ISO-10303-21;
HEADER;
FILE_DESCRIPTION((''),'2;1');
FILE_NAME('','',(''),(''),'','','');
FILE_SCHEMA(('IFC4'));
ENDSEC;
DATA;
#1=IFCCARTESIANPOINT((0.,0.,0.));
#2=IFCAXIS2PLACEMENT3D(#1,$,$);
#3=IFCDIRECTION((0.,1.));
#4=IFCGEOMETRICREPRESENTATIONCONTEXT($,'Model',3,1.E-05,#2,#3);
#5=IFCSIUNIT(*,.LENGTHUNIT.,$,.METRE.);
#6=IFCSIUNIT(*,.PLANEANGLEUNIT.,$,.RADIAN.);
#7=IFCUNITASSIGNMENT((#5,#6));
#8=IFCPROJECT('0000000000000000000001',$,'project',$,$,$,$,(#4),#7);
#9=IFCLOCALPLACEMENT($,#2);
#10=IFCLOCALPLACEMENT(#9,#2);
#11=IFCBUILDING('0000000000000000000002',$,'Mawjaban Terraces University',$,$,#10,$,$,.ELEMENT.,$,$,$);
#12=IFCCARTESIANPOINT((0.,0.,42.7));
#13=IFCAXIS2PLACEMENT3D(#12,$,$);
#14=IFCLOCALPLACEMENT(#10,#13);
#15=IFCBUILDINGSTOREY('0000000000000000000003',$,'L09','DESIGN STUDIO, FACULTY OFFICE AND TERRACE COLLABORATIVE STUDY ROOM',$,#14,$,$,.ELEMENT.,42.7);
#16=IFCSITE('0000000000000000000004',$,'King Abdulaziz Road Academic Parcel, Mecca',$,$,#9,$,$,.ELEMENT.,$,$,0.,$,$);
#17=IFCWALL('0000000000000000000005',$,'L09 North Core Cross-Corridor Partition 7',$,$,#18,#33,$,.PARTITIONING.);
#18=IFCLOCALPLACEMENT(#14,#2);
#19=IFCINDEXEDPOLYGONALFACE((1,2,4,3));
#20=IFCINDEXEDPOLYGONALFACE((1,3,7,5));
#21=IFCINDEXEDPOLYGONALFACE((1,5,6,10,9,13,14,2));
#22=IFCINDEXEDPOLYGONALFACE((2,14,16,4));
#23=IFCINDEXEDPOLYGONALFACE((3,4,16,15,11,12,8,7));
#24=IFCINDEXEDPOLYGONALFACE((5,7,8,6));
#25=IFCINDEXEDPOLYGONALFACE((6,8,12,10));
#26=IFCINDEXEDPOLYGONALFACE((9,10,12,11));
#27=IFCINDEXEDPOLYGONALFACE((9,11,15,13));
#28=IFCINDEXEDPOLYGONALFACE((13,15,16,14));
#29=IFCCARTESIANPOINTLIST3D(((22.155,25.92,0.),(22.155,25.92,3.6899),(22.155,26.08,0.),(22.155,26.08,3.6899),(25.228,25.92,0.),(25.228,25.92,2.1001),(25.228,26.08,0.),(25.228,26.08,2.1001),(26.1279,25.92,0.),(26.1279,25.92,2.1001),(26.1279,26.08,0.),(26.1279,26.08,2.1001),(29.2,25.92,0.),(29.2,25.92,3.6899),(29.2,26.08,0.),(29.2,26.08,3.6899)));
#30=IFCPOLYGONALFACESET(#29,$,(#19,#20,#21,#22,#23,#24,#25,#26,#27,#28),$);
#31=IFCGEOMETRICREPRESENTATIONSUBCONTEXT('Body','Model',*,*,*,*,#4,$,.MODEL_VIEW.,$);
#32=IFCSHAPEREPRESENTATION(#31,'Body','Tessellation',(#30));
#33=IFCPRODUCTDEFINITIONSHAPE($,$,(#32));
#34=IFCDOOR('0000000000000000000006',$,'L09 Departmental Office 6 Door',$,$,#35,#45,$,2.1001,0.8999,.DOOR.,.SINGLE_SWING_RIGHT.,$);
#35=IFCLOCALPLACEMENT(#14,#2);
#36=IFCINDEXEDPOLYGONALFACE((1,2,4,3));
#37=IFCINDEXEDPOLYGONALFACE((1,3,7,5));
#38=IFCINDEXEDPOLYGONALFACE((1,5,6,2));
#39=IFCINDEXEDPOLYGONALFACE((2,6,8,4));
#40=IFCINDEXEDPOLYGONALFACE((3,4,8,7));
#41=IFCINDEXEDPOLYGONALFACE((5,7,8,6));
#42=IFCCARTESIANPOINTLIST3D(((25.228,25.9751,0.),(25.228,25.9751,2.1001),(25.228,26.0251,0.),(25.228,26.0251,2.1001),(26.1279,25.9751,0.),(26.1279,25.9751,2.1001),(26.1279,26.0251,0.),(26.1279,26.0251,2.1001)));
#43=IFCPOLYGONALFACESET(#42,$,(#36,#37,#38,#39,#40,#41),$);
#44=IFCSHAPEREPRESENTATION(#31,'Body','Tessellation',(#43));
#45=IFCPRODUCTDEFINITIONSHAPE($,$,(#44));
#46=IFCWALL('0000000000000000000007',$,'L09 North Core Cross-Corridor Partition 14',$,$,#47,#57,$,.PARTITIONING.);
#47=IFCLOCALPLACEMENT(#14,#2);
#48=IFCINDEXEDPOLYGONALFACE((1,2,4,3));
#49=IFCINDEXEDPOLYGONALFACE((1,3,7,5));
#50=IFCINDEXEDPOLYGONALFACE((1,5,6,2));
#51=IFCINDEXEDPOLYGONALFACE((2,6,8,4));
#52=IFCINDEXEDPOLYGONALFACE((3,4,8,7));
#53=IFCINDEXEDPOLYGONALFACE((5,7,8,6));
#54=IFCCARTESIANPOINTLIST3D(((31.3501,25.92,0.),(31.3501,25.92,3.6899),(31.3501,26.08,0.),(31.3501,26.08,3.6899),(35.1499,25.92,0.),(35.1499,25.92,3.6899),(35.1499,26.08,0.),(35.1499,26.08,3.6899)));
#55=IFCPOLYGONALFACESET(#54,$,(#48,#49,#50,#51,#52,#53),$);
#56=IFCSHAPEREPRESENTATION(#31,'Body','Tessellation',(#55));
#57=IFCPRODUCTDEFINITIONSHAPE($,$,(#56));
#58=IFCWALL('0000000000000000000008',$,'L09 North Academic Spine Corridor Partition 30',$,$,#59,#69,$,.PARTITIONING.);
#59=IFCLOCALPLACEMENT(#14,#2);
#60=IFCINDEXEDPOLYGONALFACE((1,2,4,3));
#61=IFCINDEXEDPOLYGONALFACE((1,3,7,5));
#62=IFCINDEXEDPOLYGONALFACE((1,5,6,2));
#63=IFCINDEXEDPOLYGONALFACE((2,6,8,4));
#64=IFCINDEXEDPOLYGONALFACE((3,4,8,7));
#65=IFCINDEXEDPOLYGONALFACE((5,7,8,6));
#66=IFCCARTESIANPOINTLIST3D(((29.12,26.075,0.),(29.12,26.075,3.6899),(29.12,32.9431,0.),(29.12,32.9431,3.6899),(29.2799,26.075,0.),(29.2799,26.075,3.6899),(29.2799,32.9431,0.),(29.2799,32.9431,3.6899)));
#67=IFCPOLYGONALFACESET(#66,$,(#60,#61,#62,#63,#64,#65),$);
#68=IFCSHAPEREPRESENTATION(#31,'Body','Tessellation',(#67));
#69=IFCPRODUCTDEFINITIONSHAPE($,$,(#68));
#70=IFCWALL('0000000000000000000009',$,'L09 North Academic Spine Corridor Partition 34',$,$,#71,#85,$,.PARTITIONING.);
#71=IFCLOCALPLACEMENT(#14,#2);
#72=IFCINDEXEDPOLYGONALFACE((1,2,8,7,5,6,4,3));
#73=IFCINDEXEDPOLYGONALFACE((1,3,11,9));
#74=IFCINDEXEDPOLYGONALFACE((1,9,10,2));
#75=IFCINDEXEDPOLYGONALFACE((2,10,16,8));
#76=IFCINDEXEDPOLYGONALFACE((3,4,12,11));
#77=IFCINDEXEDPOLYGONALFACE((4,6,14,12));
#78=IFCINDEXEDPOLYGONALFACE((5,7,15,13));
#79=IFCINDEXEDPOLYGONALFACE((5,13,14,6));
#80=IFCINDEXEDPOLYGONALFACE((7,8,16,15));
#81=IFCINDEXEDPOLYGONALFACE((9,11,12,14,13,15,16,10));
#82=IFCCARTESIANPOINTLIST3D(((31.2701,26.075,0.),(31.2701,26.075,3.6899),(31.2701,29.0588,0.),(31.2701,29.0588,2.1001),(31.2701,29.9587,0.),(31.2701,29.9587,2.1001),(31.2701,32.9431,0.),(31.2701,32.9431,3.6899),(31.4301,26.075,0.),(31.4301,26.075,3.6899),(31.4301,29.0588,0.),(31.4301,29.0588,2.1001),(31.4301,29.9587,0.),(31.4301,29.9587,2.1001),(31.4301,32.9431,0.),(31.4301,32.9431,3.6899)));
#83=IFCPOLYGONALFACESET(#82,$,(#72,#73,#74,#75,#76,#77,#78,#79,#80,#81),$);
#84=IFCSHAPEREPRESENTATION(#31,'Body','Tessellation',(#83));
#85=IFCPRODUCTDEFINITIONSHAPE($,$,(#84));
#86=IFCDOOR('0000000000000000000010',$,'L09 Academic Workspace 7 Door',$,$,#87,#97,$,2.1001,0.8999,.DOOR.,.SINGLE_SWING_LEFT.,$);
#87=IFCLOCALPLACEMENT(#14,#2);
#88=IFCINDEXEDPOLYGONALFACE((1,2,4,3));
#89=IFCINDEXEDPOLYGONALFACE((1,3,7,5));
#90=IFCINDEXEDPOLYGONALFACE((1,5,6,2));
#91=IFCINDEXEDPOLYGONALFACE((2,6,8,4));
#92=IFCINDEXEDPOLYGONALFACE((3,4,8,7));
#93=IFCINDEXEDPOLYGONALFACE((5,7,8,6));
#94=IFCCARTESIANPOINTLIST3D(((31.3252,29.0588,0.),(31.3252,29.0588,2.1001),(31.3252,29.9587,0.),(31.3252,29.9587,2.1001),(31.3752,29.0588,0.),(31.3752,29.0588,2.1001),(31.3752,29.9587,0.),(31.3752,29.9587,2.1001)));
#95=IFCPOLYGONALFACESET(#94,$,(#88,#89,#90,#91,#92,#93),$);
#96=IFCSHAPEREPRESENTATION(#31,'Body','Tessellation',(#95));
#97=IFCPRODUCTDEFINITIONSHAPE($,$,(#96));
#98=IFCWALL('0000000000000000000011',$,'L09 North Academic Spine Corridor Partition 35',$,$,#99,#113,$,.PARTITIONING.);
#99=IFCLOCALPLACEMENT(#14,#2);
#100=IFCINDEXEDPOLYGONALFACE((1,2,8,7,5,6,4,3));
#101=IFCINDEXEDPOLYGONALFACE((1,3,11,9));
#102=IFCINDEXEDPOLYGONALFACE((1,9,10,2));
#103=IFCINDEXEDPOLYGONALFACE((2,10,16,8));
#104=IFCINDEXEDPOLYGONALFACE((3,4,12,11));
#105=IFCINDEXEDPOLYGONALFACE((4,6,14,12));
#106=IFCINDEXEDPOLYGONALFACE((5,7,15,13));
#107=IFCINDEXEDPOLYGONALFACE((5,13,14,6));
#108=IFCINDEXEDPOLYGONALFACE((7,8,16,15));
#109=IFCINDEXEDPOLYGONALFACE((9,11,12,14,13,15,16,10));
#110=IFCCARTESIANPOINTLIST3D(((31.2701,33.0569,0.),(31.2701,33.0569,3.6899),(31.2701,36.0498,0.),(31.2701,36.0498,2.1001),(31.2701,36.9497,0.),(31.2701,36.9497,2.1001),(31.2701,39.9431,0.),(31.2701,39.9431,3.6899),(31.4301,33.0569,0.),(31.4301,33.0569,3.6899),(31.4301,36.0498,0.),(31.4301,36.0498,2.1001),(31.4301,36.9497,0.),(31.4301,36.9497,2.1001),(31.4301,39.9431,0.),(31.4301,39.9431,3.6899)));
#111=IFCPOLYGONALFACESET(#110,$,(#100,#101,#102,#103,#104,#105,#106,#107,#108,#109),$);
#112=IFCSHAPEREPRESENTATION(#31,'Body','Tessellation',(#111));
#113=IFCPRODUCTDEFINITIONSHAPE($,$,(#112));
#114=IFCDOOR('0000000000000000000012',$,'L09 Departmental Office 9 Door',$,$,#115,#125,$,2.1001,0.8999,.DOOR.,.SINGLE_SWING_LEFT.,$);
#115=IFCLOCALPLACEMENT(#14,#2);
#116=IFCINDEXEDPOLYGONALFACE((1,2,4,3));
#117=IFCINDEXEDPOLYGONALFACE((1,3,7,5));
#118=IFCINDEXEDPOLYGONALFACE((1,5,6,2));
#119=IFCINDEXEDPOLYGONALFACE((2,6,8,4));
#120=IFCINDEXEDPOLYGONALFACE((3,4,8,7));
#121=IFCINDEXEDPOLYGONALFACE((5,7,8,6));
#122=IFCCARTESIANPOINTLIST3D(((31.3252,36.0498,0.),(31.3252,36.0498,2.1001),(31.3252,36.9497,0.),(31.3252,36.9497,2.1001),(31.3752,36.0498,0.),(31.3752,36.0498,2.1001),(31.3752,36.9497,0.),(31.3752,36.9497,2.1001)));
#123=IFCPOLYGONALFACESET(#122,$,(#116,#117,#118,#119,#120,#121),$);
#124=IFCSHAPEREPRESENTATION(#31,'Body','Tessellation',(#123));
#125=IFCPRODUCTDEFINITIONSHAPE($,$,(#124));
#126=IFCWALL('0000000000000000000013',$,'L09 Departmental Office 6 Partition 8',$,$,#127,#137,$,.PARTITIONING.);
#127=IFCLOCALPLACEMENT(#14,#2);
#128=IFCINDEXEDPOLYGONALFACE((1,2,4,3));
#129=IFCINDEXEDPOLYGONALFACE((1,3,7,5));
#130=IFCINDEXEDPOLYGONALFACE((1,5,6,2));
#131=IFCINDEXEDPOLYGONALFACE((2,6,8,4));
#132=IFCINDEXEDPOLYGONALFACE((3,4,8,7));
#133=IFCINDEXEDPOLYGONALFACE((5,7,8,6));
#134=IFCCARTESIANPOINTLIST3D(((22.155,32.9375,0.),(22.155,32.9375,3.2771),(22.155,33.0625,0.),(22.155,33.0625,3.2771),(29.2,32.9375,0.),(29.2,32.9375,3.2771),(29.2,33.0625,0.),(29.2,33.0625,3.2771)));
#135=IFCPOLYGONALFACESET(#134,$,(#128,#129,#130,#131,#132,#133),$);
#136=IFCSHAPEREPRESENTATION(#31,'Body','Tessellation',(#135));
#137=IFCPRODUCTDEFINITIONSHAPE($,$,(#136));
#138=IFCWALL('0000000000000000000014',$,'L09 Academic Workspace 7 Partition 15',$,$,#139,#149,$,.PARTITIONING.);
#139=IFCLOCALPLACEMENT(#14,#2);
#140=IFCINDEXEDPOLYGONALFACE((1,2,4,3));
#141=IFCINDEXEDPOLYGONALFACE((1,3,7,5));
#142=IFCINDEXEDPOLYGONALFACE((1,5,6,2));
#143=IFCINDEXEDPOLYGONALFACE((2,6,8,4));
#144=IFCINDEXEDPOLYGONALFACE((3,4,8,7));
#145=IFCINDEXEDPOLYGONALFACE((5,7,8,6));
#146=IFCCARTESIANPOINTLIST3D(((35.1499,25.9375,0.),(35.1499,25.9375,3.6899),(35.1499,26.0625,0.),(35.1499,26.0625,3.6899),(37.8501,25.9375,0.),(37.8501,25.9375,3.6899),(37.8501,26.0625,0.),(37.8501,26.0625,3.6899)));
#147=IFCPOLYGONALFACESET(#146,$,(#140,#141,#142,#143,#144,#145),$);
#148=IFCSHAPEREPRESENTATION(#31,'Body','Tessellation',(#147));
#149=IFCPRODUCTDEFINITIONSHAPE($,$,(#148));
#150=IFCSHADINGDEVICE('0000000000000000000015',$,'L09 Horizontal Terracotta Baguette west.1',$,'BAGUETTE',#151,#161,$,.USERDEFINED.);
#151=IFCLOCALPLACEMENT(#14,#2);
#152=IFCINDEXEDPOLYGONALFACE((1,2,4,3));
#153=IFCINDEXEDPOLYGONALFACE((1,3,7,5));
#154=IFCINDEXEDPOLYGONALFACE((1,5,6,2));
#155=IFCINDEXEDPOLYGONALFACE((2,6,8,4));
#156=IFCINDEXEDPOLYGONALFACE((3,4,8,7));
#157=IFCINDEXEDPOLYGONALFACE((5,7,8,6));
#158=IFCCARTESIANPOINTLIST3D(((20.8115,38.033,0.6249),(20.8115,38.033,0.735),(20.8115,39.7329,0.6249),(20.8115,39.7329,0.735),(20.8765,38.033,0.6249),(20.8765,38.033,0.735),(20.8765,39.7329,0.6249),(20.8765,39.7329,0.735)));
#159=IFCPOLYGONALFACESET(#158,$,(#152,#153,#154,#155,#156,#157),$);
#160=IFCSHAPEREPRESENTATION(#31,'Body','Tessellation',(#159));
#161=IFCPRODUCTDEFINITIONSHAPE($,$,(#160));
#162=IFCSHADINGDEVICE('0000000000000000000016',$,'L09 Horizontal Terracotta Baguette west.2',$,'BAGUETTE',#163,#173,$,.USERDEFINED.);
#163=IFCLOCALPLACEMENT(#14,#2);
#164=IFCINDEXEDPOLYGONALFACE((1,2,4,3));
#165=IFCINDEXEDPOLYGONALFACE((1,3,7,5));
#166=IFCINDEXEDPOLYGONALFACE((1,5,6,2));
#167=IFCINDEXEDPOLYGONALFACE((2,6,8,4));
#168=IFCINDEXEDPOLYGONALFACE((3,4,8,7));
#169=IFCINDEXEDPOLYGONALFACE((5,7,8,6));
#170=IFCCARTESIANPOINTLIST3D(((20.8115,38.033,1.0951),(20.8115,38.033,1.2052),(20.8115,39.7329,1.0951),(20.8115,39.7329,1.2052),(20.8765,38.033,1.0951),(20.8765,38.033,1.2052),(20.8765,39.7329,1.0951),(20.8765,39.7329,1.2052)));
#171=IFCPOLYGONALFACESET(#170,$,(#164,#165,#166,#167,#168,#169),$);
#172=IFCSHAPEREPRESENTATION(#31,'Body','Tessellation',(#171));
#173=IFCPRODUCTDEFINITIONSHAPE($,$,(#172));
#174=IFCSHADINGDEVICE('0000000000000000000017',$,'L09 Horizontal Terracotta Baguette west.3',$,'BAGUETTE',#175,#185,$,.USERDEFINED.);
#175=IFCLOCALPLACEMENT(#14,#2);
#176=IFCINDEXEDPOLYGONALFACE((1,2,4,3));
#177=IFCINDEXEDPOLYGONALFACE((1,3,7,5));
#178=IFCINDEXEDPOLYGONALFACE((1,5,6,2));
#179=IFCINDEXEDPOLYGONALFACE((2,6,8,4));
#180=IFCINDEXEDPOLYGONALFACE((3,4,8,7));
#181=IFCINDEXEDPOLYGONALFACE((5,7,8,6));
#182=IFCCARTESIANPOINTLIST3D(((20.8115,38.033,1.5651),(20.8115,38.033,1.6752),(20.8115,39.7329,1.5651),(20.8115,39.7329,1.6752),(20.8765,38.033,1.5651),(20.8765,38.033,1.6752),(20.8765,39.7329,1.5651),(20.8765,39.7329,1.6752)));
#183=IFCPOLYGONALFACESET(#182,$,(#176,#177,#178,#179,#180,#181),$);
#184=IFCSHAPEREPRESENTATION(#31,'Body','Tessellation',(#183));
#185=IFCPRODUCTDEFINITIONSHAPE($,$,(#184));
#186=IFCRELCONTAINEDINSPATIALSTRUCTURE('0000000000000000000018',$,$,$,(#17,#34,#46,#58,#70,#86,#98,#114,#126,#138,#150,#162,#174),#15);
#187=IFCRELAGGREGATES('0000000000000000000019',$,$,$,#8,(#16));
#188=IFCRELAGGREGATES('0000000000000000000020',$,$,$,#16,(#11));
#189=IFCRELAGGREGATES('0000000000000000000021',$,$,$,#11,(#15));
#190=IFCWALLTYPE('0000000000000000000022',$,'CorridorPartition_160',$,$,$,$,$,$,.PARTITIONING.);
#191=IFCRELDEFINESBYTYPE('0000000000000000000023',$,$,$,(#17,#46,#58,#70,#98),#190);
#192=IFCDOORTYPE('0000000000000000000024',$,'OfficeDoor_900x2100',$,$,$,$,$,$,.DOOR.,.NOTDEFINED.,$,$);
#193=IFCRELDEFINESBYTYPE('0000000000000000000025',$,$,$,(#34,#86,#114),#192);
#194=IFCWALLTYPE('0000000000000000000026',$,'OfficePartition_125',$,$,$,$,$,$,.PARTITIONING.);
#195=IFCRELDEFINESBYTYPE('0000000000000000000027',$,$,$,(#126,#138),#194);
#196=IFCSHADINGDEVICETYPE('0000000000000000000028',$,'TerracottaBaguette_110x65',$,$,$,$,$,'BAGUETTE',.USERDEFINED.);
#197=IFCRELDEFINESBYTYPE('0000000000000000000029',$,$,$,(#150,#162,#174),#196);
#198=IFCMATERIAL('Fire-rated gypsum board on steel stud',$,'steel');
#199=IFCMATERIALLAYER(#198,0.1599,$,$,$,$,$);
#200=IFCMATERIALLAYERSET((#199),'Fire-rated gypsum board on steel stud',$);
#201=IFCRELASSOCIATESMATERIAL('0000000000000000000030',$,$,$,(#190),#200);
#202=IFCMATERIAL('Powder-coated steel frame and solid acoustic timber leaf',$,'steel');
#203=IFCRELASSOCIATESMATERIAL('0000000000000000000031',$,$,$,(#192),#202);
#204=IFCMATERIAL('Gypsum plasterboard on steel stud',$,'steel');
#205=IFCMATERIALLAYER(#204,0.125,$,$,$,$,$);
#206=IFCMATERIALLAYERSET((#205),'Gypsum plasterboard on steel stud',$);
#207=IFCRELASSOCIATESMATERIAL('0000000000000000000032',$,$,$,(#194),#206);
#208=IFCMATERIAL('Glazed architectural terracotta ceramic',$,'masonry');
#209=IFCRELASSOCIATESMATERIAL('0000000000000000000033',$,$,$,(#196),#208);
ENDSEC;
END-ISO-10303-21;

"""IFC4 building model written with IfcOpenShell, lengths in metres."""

from ifc_helpers import new_model, si_unit, direction, frame, frame_2d, origin, origin_2d, place, context, subcontext, project, spatial, rectangle, extrude, material, layer, layer_set, material_profile, profile_set, type_object, element, fill, save


model = new_model("IFC4")

# Units and contexts
model_context = context("Model", 3, precision=1e-05, world=origin(), true_north=direction((0.0, 1.0)))
body_context = subcontext(model_context, "Body", "Model", "MODEL_VIEW")
ifc_project = project(units=[si_unit("LENGTHUNIT", "METRE"), si_unit("PLANEANGLEUNIT", "RADIAN")], contexts=[model_context])

# Site, building, storey
site_placement = place(None, origin())
site = spatial("IfcSite", under=ifc_project, at=site_placement, Name="King Abdulaziz Road Academic Parcel, Mecca", CompositionType="ELEMENT", RefElevation=0.0)
building_placement = place(site_placement, origin())
building = spatial("IfcBuilding", under=site, at=building_placement, Name="Mawjaban Terraces University", CompositionType="ELEMENT")
storey_placement = place(building_placement, frame((0.0, 0.0, 42.7)))
storey = spatial("IfcBuildingStorey", under=building, at=storey_placement, Name="L09", Description="DESIGN STUDIO, FACULTY OFFICE AND TERRACE COLLABORATIVE STUDY ROOM", CompositionType="ELEMENT", Elevation=42.7)

# Wall, opening, door
ifc_material_1 = material(Name="Fire-rated gypsum board on steel stud", Category="steel")
ifc_layer_1 = layer(ifc_material_1, 0.1599)
ifc_layer_set_1 = layer_set([ifc_layer_1], Name="Fire-rated gypsum board on steel stud")
wall_type_1 = type_object("IfcWallType", Name="CorridorPartition_160", PredefinedType="PARTITIONING", material=ifc_layer_set_1)
wall_1_placement = place(storey_placement, frame((29.2, 26.0, 0.0), z_axis=(0.0, 0.0, 1.0), x_axis=(-1.0, 0.0, 0.0)))
wall_1 = element("IfcWall", 1, at=wall_1_placement, inside=storey, type_object=wall_type_1, Name="L09 North Core Cross-Corridor Partition 7", PredefinedType="PARTITIONING", context=body_context, shape_type="SweptSolid", body=[
    extrude(rectangle(XDim=7.0449, YDim=0.1599, at=frame_2d((3.5225, 0.0))), origin(), (0.0, 0.0, 1.0), 3.6899),
])
opening_1_placement = place(wall_1_placement, frame((3.072, 0.0, 0.0)))
opening_1 = element("IfcOpeningElement", 2, at=opening_1_placement, cuts=wall_1, PredefinedType="OPENING", context=body_context, shape_type="SweptSolid", body=[
    extrude(rectangle(XDim=0.8999, YDim=2.1001, at=frame_2d((0.45, 1.05))), frame((0.0, 0.0898, 0.0), z_axis=(0.0, -1.0, 0.0), x_axis=(1.0, 0.0, 0.0)), (0.0, 0.0, 1.0), 0.1799),
])
ifc_material_2 = material(Name="Powder-coated steel frame and solid acoustic timber leaf", Category="steel")
door_type = type_object("IfcDoorType", Name="OfficeDoor_900x2100", OperationType="NOTDEFINED", PredefinedType="DOOR", material=ifc_material_2)
door_1_placement = place(opening_1_placement, origin())
door_1 = element("IfcDoor", 3, at=door_1_placement, inside=storey, type_object=door_type, Name="L09 Departmental Office 6 Door", OperationType="SINGLE_SWING_RIGHT", OverallHeight=2.1001, OverallWidth=0.8999, PredefinedType="DOOR", context=body_context, shape_type="SweptSolid", body=[
    extrude(rectangle(XDim=0.8999, YDim=2.1001, at=frame_2d((0.45, 1.05))), frame((0.0, 0.0249, 0.0), z_axis=(0.0, -1.0, 0.0), x_axis=(1.0, 0.0, 0.0)), (0.0, 0.0, 1.0), 0.05),
])
fill(opening_1, door_1)

# Walls
wall_2_placement = place(storey_placement, frame((35.1499, 26.0, 0.0), z_axis=(0.0, 0.0, 1.0), x_axis=(-1.0, 0.0, 0.0)))
element("IfcWall", 4, at=wall_2_placement, inside=storey, type_object=wall_type_1, Name="L09 North Core Cross-Corridor Partition 14", PredefinedType="PARTITIONING", context=body_context, shape_type="SweptSolid", body=[
    extrude(rectangle(XDim=3.7998, YDim=0.1599, at=frame_2d((1.8999, 0.0))), origin(), (0.0, 0.0, 1.0), 3.6899),
])
wall_3_placement = place(storey_placement, frame((29.2, 32.9431, 0.0), z_axis=(0.0, 0.0, 1.0), x_axis=(0.0, -1.0, 0.0)))
element("IfcWall", 5, at=wall_3_placement, inside=storey, type_object=wall_type_1, Name="L09 North Academic Spine Corridor Partition 30", PredefinedType="PARTITIONING", context=body_context, shape_type="SweptSolid", body=[
    extrude(rectangle(XDim=6.8682, YDim=0.1599, at=frame_2d((3.4341, 0.0))), origin(), (0.0, 0.0, 1.0), 3.6899),
])

# Walls, openings, doors
wall_4_placement = place(storey_placement, frame((31.3501, 26.075, 0.0), z_axis=(0.0, 0.0, 1.0), x_axis=(0.0, 1.0, 0.0)))
wall_4 = element("IfcWall", 6, at=wall_4_placement, inside=storey, type_object=wall_type_1, Name="L09 North Academic Spine Corridor Partition 34", PredefinedType="PARTITIONING", context=body_context, shape_type="SweptSolid", body=[
    extrude(rectangle(XDim=6.8682, YDim=0.1599, at=frame_2d((3.4341, 0.0))), origin(), (0.0, 0.0, 1.0), 3.6899),
])
opening_2_placement = place(wall_4_placement, frame((2.9839, 0.0, 0.0)))
opening_2 = element("IfcOpeningElement", 7, at=opening_2_placement, cuts=wall_4, PredefinedType="OPENING", context=body_context, shape_type="SweptSolid", body=[
    extrude(rectangle(XDim=0.8999, YDim=2.1001, at=frame_2d((0.45, 1.05))), frame((0.0, 0.0898, 0.0), z_axis=(0.0, -1.0, 0.0), x_axis=(1.0, 0.0, 0.0)), (0.0, 0.0, 1.0), 0.1799),
])
door_2_placement = place(opening_2_placement, origin())
door_2 = element("IfcDoor", 8, at=door_2_placement, inside=storey, type_object=door_type, Name="L09 Academic Workspace 7 Door", OperationType="SINGLE_SWING_LEFT", OverallHeight=2.1001, OverallWidth=0.8999, PredefinedType="DOOR", context=body_context, shape_type="SweptSolid", body=[
    extrude(rectangle(XDim=0.8999, YDim=2.1001, at=frame_2d((0.45, 1.05))), frame((0.0, 0.0249, 0.0), z_axis=(0.0, -1.0, 0.0), x_axis=(1.0, 0.0, 0.0)), (0.0, 0.0, 1.0), 0.05),
])
fill(opening_2, door_2)
wall_5_placement = place(storey_placement, frame((31.3501, 33.0569, 0.0), z_axis=(0.0, 0.0, 1.0), x_axis=(0.0, 1.0, 0.0)))
wall_5 = element("IfcWall", 9, at=wall_5_placement, inside=storey, type_object=wall_type_1, Name="L09 North Academic Spine Corridor Partition 35", PredefinedType="PARTITIONING", context=body_context, shape_type="SweptSolid", body=[
    extrude(rectangle(XDim=6.8862, YDim=0.1599, at=frame_2d((3.4431, 0.0))), origin(), (0.0, 0.0, 1.0), 3.6899),
])
opening_3_placement = place(wall_5_placement, frame((2.9929, 0.0, 0.0)))
opening_3 = element("IfcOpeningElement", 10, at=opening_3_placement, cuts=wall_5, PredefinedType="OPENING", context=body_context, shape_type="SweptSolid", body=[
    extrude(rectangle(XDim=0.8999, YDim=2.1001, at=frame_2d((0.45, 1.05))), frame((0.0, 0.0898, 0.0), z_axis=(0.0, -1.0, 0.0), x_axis=(1.0, 0.0, 0.0)), (0.0, 0.0, 1.0), 0.1799),
])
door_3_placement = place(opening_3_placement, origin())
door_3 = element("IfcDoor", 11, at=door_3_placement, inside=storey, type_object=door_type, Name="L09 Departmental Office 9 Door", OperationType="SINGLE_SWING_LEFT", OverallHeight=2.1001, OverallWidth=0.8999, PredefinedType="DOOR", context=body_context, shape_type="SweptSolid", body=[
    extrude(rectangle(XDim=0.8999, YDim=2.1001, at=frame_2d((0.45, 1.05))), frame((0.0, 0.0249, 0.0), z_axis=(0.0, -1.0, 0.0), x_axis=(1.0, 0.0, 0.0)), (0.0, 0.0, 1.0), 0.05),
])
fill(opening_3, door_3)

# Walls
ifc_material_3 = material(Name="Gypsum plasterboard on steel stud", Category="steel")
ifc_layer_2 = layer(ifc_material_3, 0.125)
ifc_layer_set_2 = layer_set([ifc_layer_2], Name="Gypsum plasterboard on steel stud")
wall_type_2 = type_object("IfcWallType", Name="OfficePartition_125", PredefinedType="PARTITIONING", material=ifc_layer_set_2)
wall_6_placement = place(storey_placement, frame((29.2, 33.0, 0.0), z_axis=(0.0, 0.0, 1.0), x_axis=(-1.0, 0.0, 0.0)))
element("IfcWall", 12, at=wall_6_placement, inside=storey, type_object=wall_type_2, Name="L09 Departmental Office 6 Partition 8", PredefinedType="PARTITIONING", context=body_context, shape_type="SweptSolid", body=[
    extrude(rectangle(XDim=7.0449, YDim=0.125, at=frame_2d((3.5225, 0.0))), origin(), (0.0, 0.0, 1.0), 3.2771),
])
wall_7_placement = place(storey_placement, frame((35.1499, 26.0, 0.0), z_axis=(0.0, 0.0, 1.0), x_axis=(1.0, 0.0, 0.0)))
element("IfcWall", 13, at=wall_7_placement, inside=storey, type_object=wall_type_2, Name="L09 Academic Workspace 7 Partition 15", PredefinedType="PARTITIONING", context=body_context, shape_type="SweptSolid", body=[
    extrude(rectangle(XDim=2.7002, YDim=0.125, at=frame_2d((1.3501, 0.0))), origin(), (0.0, 0.0, 1.0), 3.6899),
])

# Shading devices
ifc_material_4 = material(Name="Glazed architectural terracotta ceramic", Category="masonry")
ifc_material_profile_1 = material_profile(ifc_material_4, rectangle(XDim=0.0649, YDim=0.1101, at=origin_2d()), Name="TBAG110X65")
ifc_profile_set_1 = profile_set([ifc_material_profile_1], Name="Glazed architectural terracotta ceramic")
shading_device_type = type_object("IfcShadingDeviceType", Name="TerracottaBaguette_110x65", ElementType="BAGUETTE", PredefinedType="USERDEFINED", material=ifc_profile_set_1)
for number, where, z_axis, x_axis, name in (
    (14, (20.844, 38.033, 0.6799), (0.0, 1.0, 0.0), (-1.0, 0.0, 0.0), "L09 Horizontal Terracotta Baguette west.1"),
    (15, (20.844, 38.033, 1.1501), (0.0, 1.0, 0.0), (-1.0, 0.0, 0.0), "L09 Horizontal Terracotta Baguette west.2"),
    (16, (20.844, 38.033, 1.6201), (0.0, 1.0, 0.0), (-1.0, 0.0, 0.0), "L09 Horizontal Terracotta Baguette west.3"),
):
    element("IfcShadingDevice", number, at=place(storey_placement, frame(where, z_axis=z_axis, x_axis=x_axis)), inside=storey, type_object=shading_device_type, Name=name, ObjectType="BAGUETTE", PredefinedType="USERDEFINED", context=body_context, shape_type="SweptSolid", body=[
        extrude(rectangle(XDim=0.0649, YDim=0.1101, at=origin_2d()), origin(), (0.0, 0.0, 1.0), 1.7),
    ])

save(model, "model.ifc")
